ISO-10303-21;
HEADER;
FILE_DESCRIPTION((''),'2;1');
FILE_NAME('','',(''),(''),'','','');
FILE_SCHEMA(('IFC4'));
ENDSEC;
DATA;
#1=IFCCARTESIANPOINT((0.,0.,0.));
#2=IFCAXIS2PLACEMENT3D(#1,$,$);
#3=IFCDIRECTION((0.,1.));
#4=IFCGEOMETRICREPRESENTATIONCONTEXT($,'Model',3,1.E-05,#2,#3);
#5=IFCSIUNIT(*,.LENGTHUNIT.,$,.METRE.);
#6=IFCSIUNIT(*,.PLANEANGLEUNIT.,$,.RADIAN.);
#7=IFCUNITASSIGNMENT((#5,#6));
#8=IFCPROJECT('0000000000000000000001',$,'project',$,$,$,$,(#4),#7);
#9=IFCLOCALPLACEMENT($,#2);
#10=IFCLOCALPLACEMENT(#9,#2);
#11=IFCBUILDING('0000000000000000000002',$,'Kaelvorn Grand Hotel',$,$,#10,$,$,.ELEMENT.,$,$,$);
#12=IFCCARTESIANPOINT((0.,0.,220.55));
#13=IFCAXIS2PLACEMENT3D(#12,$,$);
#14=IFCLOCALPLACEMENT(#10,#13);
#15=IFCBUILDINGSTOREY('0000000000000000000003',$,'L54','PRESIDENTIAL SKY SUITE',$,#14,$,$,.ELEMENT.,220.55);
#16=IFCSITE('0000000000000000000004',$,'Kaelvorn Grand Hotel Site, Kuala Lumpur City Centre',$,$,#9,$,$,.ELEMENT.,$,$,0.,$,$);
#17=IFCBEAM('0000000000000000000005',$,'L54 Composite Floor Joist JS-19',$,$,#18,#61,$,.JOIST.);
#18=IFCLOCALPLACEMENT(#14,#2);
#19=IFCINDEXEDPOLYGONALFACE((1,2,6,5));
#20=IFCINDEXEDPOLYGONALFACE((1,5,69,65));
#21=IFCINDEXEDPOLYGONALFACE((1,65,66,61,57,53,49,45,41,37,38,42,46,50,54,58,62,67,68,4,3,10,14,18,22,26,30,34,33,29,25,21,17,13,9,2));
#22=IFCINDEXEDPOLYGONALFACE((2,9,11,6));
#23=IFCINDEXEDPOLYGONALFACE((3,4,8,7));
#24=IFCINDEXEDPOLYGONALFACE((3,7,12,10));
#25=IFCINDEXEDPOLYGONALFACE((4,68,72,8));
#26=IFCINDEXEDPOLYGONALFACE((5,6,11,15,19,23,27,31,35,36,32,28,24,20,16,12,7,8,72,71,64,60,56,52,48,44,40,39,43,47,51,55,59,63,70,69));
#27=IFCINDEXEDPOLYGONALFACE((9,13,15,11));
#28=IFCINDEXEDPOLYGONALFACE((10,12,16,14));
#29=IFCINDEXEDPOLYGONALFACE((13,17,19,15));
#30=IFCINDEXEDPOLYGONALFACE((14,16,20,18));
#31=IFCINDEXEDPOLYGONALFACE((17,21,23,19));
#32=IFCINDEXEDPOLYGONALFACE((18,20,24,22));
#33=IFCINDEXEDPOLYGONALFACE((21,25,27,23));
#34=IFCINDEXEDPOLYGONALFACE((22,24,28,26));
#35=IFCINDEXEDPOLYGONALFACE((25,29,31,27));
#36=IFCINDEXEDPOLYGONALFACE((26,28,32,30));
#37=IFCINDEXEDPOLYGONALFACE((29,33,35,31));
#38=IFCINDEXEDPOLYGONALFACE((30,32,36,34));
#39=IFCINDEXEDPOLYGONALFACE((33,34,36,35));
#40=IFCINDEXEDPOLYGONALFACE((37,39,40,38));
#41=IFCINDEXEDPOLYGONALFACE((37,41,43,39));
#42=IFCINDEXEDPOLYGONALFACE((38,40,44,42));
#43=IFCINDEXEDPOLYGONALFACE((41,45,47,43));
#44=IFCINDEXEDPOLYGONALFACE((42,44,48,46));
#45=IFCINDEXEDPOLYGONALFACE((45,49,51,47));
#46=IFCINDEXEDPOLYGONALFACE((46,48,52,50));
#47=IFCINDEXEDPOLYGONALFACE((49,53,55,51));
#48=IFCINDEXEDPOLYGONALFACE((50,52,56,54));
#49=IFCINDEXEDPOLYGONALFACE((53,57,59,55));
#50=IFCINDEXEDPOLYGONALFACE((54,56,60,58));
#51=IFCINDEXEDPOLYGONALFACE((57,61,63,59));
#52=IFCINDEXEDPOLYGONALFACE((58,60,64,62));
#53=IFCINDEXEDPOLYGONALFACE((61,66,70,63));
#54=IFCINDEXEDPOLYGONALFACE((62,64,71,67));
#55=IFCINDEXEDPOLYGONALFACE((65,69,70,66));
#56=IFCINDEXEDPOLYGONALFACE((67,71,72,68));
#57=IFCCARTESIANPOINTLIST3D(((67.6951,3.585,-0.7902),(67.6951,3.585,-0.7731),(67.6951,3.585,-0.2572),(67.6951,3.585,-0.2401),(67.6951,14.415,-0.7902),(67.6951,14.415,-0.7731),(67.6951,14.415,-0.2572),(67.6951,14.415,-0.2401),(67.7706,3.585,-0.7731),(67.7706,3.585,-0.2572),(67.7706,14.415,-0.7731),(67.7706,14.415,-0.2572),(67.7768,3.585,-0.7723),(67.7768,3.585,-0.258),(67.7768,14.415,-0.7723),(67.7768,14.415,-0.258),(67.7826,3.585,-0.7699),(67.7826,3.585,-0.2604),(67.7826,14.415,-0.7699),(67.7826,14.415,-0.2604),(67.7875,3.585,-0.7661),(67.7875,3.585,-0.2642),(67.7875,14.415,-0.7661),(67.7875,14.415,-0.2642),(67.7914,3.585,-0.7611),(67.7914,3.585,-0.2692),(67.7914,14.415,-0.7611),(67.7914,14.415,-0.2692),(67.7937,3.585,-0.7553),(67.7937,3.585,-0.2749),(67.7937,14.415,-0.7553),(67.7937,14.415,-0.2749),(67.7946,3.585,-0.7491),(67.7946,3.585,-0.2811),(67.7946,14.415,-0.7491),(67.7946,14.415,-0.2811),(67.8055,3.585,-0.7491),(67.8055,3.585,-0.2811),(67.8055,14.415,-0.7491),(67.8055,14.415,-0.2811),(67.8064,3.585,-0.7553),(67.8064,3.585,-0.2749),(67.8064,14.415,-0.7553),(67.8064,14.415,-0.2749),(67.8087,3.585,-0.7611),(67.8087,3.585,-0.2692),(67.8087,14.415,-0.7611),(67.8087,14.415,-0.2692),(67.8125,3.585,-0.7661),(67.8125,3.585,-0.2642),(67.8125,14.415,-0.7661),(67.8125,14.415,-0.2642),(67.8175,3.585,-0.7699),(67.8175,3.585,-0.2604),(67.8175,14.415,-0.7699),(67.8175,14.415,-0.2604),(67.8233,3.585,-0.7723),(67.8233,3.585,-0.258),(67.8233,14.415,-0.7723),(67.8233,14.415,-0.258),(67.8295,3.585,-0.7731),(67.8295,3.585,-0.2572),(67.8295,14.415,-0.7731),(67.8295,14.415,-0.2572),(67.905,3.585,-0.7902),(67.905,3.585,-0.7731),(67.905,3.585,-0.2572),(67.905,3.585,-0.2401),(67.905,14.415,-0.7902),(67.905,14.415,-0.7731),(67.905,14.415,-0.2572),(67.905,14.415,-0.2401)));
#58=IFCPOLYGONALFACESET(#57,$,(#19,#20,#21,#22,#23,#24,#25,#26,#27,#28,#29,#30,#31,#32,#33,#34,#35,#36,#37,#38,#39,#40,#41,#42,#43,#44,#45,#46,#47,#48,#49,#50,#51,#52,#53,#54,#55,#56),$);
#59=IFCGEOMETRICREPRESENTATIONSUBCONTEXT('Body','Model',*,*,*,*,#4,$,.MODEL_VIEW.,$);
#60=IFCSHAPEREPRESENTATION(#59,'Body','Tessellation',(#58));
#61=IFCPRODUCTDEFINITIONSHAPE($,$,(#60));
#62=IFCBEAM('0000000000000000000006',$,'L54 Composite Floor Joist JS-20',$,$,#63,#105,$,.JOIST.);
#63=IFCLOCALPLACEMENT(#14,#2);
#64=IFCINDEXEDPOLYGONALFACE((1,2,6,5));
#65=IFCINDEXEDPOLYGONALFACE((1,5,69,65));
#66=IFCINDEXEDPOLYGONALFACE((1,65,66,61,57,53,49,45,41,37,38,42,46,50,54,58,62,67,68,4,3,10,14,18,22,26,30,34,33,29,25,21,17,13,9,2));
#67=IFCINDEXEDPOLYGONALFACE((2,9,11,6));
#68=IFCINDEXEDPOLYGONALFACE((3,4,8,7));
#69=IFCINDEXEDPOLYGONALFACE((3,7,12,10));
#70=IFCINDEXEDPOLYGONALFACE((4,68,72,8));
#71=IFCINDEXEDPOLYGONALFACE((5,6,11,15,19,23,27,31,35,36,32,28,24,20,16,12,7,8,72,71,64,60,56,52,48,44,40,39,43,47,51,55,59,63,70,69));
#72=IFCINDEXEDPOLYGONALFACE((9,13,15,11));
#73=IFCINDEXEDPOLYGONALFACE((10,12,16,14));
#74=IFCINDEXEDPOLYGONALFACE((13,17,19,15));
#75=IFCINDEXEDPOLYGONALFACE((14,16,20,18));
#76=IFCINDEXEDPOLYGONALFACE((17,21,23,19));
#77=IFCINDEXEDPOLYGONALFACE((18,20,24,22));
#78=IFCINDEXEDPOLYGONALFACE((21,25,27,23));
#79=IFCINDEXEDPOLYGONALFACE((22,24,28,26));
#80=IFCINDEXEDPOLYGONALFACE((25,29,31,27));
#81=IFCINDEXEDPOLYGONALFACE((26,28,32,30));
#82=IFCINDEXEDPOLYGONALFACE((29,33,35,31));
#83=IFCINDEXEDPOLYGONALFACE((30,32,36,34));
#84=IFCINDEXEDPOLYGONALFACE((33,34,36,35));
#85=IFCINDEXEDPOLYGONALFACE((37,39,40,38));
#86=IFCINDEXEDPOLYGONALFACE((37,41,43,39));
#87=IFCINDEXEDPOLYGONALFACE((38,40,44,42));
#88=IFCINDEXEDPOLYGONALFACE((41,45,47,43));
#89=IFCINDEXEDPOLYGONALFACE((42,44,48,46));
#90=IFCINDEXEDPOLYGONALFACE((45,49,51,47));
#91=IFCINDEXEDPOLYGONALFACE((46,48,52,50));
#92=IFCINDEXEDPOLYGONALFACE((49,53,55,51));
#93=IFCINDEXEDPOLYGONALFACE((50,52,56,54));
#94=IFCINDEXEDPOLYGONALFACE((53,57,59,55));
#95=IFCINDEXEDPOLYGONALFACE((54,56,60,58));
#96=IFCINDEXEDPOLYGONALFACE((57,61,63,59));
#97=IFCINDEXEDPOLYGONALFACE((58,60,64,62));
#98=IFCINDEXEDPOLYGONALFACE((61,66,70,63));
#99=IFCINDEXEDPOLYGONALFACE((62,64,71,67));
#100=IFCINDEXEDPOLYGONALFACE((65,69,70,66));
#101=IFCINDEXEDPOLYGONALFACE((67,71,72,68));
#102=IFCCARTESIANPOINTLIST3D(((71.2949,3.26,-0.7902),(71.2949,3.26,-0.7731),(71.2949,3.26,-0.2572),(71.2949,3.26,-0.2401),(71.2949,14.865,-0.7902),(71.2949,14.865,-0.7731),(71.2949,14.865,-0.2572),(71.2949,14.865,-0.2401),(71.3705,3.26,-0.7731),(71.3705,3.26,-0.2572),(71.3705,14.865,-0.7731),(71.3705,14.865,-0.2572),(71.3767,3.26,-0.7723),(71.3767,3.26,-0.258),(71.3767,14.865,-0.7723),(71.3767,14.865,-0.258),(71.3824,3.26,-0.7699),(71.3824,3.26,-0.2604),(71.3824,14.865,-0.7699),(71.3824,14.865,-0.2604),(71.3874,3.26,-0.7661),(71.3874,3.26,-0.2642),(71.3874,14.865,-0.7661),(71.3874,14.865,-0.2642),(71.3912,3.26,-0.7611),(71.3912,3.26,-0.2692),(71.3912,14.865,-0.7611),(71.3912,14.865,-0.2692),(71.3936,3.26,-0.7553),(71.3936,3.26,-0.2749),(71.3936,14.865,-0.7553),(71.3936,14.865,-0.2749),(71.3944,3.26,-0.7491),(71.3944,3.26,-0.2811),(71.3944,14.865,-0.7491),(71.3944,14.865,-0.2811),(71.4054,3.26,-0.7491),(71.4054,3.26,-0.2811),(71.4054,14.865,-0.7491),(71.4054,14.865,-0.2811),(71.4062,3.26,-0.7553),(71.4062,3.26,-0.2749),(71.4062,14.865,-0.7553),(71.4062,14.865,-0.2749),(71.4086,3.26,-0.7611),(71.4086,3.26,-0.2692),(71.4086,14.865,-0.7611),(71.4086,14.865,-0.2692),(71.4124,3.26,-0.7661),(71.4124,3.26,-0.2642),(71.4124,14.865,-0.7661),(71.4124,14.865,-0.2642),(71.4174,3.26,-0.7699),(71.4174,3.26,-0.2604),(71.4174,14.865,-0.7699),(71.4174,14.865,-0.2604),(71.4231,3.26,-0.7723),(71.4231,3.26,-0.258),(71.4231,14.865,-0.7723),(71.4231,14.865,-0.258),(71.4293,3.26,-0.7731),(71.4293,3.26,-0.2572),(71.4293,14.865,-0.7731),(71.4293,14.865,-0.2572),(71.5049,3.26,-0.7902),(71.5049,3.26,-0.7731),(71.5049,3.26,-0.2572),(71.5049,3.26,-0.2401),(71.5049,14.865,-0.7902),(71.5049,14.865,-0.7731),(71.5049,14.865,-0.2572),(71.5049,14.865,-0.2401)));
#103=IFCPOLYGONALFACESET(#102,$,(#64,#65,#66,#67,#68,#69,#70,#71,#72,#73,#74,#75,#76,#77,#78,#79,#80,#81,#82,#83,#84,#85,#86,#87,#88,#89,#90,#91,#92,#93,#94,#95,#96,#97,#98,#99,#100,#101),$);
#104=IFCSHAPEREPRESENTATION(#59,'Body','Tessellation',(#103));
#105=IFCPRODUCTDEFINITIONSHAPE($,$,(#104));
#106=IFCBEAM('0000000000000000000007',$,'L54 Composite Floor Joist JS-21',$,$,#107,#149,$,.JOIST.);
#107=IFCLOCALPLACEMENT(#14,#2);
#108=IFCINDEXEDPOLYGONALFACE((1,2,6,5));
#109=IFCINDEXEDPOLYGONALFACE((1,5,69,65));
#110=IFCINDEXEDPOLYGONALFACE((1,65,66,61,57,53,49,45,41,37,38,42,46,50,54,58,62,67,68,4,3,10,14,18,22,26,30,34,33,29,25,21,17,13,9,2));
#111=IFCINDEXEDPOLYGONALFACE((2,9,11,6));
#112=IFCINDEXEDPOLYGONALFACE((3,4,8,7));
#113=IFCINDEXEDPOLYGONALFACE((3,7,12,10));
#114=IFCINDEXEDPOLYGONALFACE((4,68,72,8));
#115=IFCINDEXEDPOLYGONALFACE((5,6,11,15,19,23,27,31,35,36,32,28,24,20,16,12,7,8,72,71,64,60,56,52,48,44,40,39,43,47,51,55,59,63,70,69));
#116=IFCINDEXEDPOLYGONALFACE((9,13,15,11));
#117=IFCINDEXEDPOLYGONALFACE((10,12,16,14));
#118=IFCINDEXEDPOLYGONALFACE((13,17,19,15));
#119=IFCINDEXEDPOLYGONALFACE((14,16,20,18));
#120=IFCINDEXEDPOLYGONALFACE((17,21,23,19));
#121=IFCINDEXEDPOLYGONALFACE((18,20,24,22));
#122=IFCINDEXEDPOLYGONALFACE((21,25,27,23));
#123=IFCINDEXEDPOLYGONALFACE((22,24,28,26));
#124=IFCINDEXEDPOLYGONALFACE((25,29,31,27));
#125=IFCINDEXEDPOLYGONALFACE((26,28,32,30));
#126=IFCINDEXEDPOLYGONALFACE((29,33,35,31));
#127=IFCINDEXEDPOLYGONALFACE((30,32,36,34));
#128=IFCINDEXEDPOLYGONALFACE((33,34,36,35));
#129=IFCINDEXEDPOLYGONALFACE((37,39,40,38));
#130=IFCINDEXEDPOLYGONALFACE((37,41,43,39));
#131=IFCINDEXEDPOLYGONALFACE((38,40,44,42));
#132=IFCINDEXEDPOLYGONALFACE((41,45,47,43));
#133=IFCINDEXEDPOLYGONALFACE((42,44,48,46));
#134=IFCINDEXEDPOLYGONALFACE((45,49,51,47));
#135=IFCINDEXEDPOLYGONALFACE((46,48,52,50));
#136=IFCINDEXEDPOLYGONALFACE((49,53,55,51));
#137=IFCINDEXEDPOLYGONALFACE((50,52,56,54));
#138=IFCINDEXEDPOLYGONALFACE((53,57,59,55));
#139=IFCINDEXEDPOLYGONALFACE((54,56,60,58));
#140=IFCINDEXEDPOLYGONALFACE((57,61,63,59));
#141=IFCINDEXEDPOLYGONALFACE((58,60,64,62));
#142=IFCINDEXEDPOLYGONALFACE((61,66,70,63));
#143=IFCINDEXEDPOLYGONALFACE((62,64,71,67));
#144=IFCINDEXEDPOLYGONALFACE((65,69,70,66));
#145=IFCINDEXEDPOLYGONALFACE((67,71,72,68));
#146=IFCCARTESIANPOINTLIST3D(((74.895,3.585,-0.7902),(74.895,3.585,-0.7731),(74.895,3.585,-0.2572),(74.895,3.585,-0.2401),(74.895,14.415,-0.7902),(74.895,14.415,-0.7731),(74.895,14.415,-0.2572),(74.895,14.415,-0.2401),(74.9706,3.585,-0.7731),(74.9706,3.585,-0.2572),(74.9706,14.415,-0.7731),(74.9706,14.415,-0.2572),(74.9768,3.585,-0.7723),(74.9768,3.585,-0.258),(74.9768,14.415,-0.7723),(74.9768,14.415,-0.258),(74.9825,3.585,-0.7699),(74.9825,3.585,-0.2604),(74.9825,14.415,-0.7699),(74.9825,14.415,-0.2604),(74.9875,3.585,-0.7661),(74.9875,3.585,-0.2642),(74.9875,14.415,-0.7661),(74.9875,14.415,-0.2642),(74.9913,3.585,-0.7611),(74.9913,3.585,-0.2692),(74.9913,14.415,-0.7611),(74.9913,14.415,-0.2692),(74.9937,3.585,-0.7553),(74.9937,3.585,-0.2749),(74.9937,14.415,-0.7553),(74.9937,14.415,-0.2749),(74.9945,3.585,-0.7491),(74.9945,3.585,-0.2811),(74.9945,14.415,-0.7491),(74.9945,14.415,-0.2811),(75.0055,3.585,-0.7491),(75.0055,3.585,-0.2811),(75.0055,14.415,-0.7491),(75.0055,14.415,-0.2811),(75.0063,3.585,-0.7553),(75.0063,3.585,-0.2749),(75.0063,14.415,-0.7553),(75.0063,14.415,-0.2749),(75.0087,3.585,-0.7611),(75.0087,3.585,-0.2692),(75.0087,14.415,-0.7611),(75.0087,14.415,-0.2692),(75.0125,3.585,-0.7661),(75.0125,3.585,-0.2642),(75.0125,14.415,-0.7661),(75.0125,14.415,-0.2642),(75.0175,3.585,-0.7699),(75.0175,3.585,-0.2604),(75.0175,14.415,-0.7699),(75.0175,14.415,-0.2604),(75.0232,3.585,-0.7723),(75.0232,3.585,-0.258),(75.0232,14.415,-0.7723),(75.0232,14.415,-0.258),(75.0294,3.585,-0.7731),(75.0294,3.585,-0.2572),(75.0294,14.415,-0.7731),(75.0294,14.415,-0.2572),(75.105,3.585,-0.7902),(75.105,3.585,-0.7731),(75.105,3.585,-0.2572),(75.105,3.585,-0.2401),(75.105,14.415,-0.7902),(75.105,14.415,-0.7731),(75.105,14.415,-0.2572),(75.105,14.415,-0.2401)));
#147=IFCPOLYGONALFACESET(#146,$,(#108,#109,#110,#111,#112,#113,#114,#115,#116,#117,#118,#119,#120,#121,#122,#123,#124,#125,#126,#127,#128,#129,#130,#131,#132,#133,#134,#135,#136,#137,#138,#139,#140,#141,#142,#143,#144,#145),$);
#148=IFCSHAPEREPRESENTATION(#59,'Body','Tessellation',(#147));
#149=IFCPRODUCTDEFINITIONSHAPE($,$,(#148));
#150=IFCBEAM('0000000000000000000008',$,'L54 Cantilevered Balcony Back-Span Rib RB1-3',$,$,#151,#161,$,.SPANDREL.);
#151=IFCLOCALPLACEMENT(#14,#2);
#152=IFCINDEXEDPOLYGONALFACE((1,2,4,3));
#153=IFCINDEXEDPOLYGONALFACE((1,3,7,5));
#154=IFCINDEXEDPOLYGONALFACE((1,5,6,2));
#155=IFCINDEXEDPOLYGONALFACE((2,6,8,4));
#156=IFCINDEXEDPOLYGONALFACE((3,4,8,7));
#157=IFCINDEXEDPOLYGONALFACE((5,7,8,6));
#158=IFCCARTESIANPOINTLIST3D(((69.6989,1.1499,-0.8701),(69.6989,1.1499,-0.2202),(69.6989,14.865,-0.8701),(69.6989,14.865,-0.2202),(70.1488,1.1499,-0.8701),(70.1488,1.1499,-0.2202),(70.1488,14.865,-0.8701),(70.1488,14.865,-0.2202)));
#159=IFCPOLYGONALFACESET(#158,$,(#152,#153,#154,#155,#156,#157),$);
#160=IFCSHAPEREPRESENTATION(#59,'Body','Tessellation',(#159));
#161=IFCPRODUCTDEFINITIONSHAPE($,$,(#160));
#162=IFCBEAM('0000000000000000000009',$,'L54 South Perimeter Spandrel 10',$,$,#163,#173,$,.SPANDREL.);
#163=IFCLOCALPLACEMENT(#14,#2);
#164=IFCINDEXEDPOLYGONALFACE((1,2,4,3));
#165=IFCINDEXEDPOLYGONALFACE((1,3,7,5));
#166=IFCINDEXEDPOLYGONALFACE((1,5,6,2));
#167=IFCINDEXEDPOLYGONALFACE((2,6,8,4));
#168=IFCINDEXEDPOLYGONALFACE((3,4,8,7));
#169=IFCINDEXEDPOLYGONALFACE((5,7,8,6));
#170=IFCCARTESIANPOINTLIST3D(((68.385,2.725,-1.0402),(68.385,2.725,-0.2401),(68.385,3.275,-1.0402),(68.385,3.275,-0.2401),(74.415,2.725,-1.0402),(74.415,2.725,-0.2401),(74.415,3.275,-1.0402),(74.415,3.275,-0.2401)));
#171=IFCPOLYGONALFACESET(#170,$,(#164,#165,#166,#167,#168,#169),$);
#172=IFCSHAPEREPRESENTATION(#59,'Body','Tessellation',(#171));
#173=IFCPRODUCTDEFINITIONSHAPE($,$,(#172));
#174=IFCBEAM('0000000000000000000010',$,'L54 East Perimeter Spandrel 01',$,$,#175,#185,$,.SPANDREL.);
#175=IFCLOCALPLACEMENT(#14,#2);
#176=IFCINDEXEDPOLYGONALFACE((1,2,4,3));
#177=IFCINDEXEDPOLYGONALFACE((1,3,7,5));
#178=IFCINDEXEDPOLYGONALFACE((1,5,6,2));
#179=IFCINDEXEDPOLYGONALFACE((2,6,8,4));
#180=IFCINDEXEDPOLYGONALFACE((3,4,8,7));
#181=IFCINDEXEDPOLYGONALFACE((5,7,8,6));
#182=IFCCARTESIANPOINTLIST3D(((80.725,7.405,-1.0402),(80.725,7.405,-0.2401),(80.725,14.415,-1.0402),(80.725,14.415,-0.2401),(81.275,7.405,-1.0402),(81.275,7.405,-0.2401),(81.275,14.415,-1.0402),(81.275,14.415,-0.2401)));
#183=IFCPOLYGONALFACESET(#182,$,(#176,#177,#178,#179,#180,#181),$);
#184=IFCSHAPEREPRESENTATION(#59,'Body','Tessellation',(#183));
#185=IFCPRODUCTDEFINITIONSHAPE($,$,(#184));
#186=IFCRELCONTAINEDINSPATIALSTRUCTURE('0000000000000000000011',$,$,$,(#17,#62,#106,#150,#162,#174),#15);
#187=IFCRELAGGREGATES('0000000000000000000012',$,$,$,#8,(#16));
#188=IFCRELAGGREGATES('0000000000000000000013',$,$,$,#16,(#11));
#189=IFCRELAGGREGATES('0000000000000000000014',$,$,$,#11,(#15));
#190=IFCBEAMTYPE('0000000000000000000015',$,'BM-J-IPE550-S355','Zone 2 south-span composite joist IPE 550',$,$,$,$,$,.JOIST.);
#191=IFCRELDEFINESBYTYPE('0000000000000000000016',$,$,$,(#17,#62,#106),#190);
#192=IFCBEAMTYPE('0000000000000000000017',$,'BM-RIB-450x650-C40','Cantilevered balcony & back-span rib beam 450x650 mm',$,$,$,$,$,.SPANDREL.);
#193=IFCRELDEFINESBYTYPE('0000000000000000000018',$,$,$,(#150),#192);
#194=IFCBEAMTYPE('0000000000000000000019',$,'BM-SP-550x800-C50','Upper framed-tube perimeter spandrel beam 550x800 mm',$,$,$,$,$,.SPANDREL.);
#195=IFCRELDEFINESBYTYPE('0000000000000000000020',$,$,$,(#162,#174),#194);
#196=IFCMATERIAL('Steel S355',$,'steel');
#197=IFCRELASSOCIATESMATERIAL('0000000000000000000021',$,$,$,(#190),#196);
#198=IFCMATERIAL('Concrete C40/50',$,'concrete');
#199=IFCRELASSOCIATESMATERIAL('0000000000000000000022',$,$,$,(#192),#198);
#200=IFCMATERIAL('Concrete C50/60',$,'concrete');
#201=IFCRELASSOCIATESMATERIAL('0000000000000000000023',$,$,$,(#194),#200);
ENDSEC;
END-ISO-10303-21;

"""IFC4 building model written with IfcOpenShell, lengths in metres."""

from ifc_helpers import new_model, si_unit, direction, frame, origin, origin_2d, place, context, subcontext, project, spatial, rectangle, i_section, extrude, material, material_profile, profile_set, type_object, element, save


model = new_model("IFC4")

# Units and contexts
model_context = context("Model", 3, precision=1e-05, world=origin(), true_north=direction((0.0, 1.0)))
body_context = subcontext(model_context, "Body", "Model", "MODEL_VIEW")
ifc_project = project(units=[si_unit("LENGTHUNIT", "METRE"), si_unit("PLANEANGLEUNIT", "RADIAN")], contexts=[model_context])

# Site, building, storey
site_placement = place(None, origin())
site = spatial("IfcSite", under=ifc_project, at=site_placement, Name="Kaelvorn Grand Hotel Site, Kuala Lumpur City Centre", CompositionType="ELEMENT", RefElevation=0.0)
building_placement = place(site_placement, origin())
building = spatial("IfcBuilding", under=site, at=building_placement, Name="Kaelvorn Grand Hotel", CompositionType="ELEMENT")
storey_placement = place(building_placement, frame((0.0, 0.0, 220.55)))
storey = spatial("IfcBuildingStorey", under=building, at=storey_placement, Name="L54", Description="PRESIDENTIAL SKY SUITE", CompositionType="ELEMENT", Elevation=220.55)

# Beams
ifc_material_1 = material(Name="Steel S355", Category="steel")
ifc_material_profile_1 = material_profile(ifc_material_1, i_section(OverallWidth=0.21, OverallDepth=0.55, WebThickness=0.011, FlangeThickness=0.0171, FilletRadius=0.0239, at=origin_2d()), Name="IPE 550")
ifc_profile_set_1 = profile_set([ifc_material_profile_1], Name="Steel S355")
beam_type_1 = type_object("IfcBeamType", Name="BM-J-IPE550-S355", Description="Zone 2 south-span composite joist IPE 550", PredefinedType="JOIST", material=ifc_profile_set_1)
beam_1_placement = place(storey_placement, frame((67.8, 3.585, -0.5151), z_axis=(0.0, 1.0, 0.0), x_axis=(-1.0, 0.0, 0.0)))
element("IfcBeam", 1, at=beam_1_placement, inside=storey, type_object=beam_type_1, Name="L54 Composite Floor Joist JS-19", PredefinedType="JOIST", context=body_context, shape_type="SweptSolid", body=[
    extrude(i_section(OverallWidth=0.21, OverallDepth=0.55, WebThickness=0.011, FlangeThickness=0.0171, FilletRadius=0.0239, at=origin_2d()), origin(), (0.0, 0.0, 1.0), 10.8301),
])
beam_2_placement = place(storey_placement, frame((71.3999, 3.26, -0.5151), z_axis=(0.0, 1.0, 0.0), x_axis=(-1.0, 0.0, 0.0)))
element("IfcBeam", 2, at=beam_2_placement, inside=storey, type_object=beam_type_1, Name="L54 Composite Floor Joist JS-20", PredefinedType="JOIST", context=body_context, shape_type="SweptSolid", body=[
    extrude(i_section(OverallWidth=0.21, OverallDepth=0.55, WebThickness=0.011, FlangeThickness=0.0171, FilletRadius=0.0239, at=origin_2d()), origin(), (0.0, 0.0, 1.0), 11.605),
])
beam_3_placement = place(storey_placement, frame((75.0, 3.585, -0.5151), z_axis=(0.0, 1.0, 0.0), x_axis=(-1.0, 0.0, 0.0)))
element("IfcBeam", 3, at=beam_3_placement, inside=storey, type_object=beam_type_1, Name="L54 Composite Floor Joist JS-21", PredefinedType="JOIST", context=body_context, shape_type="SweptSolid", body=[
    extrude(i_section(OverallWidth=0.21, OverallDepth=0.55, WebThickness=0.011, FlangeThickness=0.0171, FilletRadius=0.0239, at=origin_2d()), origin(), (0.0, 0.0, 1.0), 10.8301),
])
ifc_material_2 = material(Name="Concrete C40/50", Category="concrete")
ifc_material_profile_2 = material_profile(ifc_material_2, rectangle(XDim=0.45, YDim=0.6499, at=origin_2d()), Name="RC RIB 450x650")
ifc_profile_set_2 = profile_set([ifc_material_profile_2], Name="Concrete C40/50")
beam_type_2 = type_object("IfcBeamType", Name="BM-RIB-450x650-C40", Description="Cantilevered balcony & back-span rib beam 450x650 mm", PredefinedType="SPANDREL", material=ifc_profile_set_2)
beam_4_placement = place(storey_placement, frame((69.9238, 1.1499, -0.5452), z_axis=(0.0, 1.0, 0.0), x_axis=(-1.0, 0.0, 0.0)))
element("IfcBeam", 4, at=beam_4_placement, inside=storey, type_object=beam_type_2, Name="L54 Cantilevered Balcony Back-Span Rib RB1-3", PredefinedType="SPANDREL", context=body_context, shape_type="SweptSolid", body=[
    extrude(rectangle(XDim=0.45, YDim=0.6499, at=origin_2d()), origin(), (0.0, 0.0, 1.0), 13.7151),
])
ifc_material_3 = material(Name="Concrete C50/60", Category="concrete")
ifc_material_profile_3 = material_profile(ifc_material_3, rectangle(XDim=0.55, YDim=0.8, at=origin_2d()), Name="RC SPANDREL 550x800")
ifc_profile_set_3 = profile_set([ifc_material_profile_3], Name="Concrete C50/60")
beam_type_3 = type_object("IfcBeamType", Name="BM-SP-550x800-C50", Description="Upper framed-tube perimeter spandrel beam 550x800 mm", PredefinedType="SPANDREL", material=ifc_profile_set_3)
beam_5_placement = place(storey_placement, frame((68.385, 3.0, -0.6401), z_axis=(1.0, 0.0, 0.0), x_axis=(0.0, 1.0, 0.0)))
element("IfcBeam", 5, at=beam_5_placement, inside=storey, type_object=beam_type_3, Name="L54 South Perimeter Spandrel 10", PredefinedType="SPANDREL", context=body_context, shape_type="SweptSolid", body=[
    extrude(rectangle(XDim=0.55, YDim=0.8, at=origin_2d()), origin(), (0.0, 0.0, 1.0), 6.03),
])
beam_6_placement = place(storey_placement, frame((81.0, 7.405, -0.6401), z_axis=(0.0, 1.0, 0.0), x_axis=(-1.0, 0.0, 0.0)))
element("IfcBeam", 6, at=beam_6_placement, inside=storey, type_object=beam_type_3, Name="L54 East Perimeter Spandrel 01", PredefinedType="SPANDREL", context=body_context, shape_type="SweptSolid", body=[
    extrude(rectangle(XDim=0.55, YDim=0.8, at=origin_2d()), origin(), (0.0, 0.0, 1.0), 7.01),
])

save(model, "model.ifc")
